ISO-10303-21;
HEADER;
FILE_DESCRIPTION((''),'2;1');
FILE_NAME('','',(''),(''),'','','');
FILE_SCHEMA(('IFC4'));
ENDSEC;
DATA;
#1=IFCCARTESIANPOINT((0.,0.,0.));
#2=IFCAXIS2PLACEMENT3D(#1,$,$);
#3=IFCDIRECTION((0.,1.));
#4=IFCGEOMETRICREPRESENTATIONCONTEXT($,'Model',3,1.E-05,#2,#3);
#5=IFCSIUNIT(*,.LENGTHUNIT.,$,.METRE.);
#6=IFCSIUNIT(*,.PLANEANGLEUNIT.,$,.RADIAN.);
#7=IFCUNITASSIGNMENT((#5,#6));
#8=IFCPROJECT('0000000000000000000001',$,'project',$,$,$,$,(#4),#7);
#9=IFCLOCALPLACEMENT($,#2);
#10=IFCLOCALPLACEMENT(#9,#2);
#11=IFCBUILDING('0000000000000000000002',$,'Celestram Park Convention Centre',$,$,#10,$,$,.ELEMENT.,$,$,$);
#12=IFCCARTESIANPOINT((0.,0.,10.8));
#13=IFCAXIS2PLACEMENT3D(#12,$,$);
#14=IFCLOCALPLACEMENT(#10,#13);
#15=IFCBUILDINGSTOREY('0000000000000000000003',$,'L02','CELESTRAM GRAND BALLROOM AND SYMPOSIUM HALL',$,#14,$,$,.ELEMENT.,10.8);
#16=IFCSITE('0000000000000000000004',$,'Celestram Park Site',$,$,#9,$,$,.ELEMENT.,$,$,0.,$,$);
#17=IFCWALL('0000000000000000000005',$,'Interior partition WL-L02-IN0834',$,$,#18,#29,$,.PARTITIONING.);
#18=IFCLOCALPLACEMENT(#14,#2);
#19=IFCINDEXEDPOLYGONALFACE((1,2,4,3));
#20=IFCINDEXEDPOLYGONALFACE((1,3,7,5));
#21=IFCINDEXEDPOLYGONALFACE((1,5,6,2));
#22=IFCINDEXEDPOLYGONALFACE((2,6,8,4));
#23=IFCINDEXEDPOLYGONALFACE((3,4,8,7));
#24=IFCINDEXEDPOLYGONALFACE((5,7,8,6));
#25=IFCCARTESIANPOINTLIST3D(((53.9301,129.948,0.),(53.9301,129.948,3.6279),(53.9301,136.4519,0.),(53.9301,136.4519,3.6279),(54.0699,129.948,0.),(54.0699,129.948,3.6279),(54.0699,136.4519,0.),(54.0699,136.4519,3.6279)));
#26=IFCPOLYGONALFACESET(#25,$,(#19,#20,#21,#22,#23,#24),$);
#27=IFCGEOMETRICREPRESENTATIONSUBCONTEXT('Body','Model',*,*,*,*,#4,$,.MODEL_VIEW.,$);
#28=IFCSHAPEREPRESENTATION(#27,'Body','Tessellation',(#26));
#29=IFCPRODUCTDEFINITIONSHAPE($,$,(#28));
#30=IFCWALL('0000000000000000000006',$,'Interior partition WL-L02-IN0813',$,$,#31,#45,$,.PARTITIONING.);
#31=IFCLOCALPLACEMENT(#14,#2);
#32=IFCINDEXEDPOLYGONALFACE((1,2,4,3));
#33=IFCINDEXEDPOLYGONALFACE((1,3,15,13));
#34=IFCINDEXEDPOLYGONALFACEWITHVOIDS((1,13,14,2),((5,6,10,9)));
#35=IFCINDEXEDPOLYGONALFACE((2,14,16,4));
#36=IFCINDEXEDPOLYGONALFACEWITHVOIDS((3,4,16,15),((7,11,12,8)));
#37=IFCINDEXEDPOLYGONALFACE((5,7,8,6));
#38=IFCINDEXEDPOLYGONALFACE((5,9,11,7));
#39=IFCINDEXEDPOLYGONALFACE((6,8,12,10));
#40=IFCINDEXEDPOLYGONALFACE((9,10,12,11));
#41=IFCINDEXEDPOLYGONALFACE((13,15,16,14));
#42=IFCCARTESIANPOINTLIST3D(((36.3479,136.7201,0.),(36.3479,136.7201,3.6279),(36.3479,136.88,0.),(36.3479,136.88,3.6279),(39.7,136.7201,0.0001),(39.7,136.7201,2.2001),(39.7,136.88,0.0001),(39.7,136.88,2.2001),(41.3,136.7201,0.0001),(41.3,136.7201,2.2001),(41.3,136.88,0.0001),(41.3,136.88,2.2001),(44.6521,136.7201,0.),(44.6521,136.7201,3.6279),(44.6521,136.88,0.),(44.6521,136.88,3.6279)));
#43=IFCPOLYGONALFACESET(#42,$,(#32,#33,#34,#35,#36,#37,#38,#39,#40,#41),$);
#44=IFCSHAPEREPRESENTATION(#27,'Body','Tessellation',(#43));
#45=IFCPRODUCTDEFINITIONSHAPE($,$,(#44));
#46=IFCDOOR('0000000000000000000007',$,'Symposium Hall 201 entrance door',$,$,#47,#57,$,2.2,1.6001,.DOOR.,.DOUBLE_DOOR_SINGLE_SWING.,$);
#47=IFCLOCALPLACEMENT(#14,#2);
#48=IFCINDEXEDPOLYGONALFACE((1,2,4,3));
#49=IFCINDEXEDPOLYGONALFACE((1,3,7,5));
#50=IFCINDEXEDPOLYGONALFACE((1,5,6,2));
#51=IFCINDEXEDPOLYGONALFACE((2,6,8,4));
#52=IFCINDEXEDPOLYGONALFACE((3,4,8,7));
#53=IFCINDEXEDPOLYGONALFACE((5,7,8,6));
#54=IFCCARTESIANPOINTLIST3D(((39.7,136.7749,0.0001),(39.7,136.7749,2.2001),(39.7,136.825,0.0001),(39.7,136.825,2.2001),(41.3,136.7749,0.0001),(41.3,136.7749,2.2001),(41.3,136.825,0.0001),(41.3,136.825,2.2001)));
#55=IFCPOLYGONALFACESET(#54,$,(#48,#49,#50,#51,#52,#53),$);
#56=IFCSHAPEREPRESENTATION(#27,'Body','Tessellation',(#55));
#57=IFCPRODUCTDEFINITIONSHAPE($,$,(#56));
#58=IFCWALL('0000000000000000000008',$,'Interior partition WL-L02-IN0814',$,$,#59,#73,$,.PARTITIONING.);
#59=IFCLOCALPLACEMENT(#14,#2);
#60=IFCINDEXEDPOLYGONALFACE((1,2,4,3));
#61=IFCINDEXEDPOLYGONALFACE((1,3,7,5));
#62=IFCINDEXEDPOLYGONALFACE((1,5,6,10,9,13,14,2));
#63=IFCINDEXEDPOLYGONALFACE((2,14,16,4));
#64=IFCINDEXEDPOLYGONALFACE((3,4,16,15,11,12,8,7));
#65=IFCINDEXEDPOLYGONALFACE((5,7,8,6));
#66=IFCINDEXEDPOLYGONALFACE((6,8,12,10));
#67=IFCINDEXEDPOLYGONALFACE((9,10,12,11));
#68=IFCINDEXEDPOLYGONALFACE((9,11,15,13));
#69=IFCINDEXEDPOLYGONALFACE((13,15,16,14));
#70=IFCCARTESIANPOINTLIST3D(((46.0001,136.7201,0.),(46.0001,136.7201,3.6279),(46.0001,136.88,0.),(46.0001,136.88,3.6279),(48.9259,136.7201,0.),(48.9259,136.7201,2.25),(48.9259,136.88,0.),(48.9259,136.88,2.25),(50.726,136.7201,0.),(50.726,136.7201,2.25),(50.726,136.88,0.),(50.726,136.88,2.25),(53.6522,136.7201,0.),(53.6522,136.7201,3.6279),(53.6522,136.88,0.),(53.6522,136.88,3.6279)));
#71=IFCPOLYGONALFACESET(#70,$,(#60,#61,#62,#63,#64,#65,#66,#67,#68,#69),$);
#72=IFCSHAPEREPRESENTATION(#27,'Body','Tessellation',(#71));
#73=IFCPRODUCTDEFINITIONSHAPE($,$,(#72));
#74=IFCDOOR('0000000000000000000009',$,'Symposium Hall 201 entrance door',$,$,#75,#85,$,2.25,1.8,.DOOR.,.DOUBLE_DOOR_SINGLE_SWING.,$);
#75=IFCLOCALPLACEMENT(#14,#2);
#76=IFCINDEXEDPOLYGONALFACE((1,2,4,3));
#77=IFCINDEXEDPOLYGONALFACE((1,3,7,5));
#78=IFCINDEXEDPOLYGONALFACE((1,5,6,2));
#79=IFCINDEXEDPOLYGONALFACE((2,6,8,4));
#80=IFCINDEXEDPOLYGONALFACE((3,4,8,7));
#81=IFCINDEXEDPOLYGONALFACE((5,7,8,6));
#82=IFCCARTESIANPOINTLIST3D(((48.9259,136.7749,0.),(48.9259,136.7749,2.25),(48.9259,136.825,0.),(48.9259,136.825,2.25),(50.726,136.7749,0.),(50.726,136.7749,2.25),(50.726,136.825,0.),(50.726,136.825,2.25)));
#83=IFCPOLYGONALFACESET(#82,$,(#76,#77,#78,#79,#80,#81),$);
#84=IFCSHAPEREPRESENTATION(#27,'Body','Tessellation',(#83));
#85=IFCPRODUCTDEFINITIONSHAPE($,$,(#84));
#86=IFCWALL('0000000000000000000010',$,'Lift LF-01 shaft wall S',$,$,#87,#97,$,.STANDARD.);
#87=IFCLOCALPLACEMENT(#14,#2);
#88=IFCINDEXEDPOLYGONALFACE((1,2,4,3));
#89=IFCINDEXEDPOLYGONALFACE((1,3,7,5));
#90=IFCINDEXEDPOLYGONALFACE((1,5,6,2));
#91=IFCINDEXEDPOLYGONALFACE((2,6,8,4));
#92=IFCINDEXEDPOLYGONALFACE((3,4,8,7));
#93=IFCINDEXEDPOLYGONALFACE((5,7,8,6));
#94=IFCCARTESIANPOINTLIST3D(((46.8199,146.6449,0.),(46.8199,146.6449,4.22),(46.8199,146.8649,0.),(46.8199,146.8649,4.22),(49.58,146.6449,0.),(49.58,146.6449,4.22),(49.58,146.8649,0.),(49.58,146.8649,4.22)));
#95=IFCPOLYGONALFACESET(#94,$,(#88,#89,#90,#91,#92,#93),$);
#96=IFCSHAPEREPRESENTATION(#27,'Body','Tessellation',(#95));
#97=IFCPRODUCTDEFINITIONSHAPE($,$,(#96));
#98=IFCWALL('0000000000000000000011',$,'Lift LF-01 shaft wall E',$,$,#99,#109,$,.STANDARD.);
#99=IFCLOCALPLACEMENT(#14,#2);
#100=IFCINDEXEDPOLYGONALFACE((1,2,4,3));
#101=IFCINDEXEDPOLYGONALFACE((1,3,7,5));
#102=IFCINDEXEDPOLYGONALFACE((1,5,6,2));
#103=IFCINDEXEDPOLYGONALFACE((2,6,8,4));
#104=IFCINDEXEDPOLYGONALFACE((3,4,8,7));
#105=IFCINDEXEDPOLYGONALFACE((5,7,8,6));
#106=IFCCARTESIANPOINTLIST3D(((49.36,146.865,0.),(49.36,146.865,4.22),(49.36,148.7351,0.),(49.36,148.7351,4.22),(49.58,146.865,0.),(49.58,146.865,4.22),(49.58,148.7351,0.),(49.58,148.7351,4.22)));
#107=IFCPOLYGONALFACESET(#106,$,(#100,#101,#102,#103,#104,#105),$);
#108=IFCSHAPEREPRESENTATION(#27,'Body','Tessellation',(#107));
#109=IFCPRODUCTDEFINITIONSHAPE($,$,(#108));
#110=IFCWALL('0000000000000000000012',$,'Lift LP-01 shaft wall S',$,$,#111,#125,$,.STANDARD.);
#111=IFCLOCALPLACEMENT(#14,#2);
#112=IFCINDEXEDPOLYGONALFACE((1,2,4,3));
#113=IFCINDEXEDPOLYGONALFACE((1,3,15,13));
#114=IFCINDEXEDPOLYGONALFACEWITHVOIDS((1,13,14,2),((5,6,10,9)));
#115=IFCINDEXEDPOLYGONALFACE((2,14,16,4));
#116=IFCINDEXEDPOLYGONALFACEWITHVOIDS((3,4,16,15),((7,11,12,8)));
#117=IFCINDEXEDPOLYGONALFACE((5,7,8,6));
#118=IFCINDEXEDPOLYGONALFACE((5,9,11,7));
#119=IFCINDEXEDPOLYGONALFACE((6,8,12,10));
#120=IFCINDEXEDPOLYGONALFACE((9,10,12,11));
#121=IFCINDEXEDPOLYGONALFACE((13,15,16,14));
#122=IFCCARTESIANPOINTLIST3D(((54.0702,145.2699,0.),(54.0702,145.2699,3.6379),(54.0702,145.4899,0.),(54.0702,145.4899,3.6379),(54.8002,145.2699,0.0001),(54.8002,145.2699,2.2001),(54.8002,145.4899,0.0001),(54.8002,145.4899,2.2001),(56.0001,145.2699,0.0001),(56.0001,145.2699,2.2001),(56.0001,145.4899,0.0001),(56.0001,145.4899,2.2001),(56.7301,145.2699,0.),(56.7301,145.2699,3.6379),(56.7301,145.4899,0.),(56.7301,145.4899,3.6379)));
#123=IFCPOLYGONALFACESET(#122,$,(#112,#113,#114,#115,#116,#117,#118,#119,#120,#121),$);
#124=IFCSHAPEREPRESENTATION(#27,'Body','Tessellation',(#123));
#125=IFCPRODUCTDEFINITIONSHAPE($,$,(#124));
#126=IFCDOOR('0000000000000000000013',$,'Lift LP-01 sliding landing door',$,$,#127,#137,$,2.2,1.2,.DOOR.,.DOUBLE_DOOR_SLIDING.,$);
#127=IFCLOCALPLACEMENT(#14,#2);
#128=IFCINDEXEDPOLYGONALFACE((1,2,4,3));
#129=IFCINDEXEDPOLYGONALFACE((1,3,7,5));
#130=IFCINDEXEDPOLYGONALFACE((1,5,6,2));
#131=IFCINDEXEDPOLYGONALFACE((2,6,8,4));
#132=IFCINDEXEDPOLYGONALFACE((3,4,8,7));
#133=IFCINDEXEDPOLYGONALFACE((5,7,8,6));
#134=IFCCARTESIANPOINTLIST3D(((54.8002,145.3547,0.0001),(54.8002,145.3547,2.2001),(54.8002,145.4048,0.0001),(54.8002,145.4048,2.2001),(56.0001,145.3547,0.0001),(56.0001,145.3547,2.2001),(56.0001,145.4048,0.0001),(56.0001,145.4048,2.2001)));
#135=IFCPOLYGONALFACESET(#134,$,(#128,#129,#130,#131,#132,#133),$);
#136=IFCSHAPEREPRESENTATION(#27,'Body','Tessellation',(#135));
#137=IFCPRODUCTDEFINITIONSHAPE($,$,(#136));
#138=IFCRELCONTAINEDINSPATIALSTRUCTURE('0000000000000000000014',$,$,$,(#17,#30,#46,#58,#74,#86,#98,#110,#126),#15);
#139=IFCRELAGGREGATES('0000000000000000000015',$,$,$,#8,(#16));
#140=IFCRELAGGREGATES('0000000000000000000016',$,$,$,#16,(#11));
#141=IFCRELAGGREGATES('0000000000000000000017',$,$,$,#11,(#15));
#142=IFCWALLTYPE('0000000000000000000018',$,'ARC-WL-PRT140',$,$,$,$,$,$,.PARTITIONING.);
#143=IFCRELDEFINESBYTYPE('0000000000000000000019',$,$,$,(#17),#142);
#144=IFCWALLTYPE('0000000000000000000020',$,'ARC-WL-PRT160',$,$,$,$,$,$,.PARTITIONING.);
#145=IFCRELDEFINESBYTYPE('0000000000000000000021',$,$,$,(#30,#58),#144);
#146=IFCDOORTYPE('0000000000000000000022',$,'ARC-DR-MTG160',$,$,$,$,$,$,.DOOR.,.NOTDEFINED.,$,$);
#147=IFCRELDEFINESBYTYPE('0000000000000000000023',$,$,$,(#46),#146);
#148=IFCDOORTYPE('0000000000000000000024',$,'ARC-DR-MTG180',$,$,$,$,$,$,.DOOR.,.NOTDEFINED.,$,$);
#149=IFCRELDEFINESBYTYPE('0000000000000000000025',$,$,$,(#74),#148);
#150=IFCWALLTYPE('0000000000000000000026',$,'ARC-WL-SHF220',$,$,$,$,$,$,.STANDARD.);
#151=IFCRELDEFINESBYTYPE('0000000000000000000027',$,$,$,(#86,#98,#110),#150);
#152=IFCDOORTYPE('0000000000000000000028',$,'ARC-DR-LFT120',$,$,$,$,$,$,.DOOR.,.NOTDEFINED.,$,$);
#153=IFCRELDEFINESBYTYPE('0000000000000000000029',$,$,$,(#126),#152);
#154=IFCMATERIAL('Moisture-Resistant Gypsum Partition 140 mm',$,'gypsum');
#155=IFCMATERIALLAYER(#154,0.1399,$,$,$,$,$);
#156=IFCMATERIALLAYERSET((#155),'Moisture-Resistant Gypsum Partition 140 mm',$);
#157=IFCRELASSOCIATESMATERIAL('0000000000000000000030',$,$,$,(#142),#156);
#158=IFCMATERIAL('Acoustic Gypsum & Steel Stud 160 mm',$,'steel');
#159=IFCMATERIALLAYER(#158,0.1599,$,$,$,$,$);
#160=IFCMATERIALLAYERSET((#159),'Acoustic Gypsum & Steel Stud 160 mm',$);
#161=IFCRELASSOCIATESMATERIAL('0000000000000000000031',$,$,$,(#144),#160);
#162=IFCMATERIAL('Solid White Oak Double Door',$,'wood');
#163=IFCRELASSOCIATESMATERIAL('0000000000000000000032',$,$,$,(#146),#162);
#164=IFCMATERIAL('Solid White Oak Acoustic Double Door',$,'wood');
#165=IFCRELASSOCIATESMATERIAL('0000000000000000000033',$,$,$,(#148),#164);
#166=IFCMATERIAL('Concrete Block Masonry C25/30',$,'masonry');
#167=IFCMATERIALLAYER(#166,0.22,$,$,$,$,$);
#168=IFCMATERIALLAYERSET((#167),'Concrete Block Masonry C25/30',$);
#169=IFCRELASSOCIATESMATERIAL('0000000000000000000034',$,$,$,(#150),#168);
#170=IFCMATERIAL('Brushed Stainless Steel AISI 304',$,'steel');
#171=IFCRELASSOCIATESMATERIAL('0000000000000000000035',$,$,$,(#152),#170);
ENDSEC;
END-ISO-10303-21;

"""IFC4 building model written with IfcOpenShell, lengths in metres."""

from ifc_helpers import new_model, si_unit, direction, frame, frame_2d, origin, place, context, subcontext, project, spatial, rectangle, extrude, material, layer, layer_set, type_object, element, fill, save


model = new_model("IFC4")

# Units and contexts
model_context = context("Model", 3, precision=1e-05, world=origin(), true_north=direction((0.0, 1.0)))
body_context = subcontext(model_context, "Body", "Model", "MODEL_VIEW")
ifc_project = project(units=[si_unit("LENGTHUNIT", "METRE"), si_unit("PLANEANGLEUNIT", "RADIAN")], contexts=[model_context])

# Site, building, storey
site_placement = place(None, origin())
site = spatial("IfcSite", under=ifc_project, at=site_placement, Name="Celestram Park Site", CompositionType="ELEMENT", RefElevation=0.0)
building_placement = place(site_placement, origin())
building = spatial("IfcBuilding", under=site, at=building_placement, Name="Celestram Park Convention Centre", CompositionType="ELEMENT")
storey_placement = place(building_placement, frame((0.0, 0.0, 10.8)))
storey = spatial("IfcBuildingStorey", under=building, at=storey_placement, Name="L02", Description="CELESTRAM GRAND BALLROOM AND SYMPOSIUM HALL", CompositionType="ELEMENT", Elevation=10.8)

# Shared definitions
ifc_material_1 = material(Name="Concrete Block Masonry C25/30", Category="masonry")

# Shared definitions
ifc_material_2 = material(Name="Moisture-Resistant Gypsum Partition 140 mm", Category="gypsum")
ifc_layer_1 = layer(ifc_material_2, 0.1399)
ifc_layer_set_1 = layer_set([ifc_layer_1], Name="Moisture-Resistant Gypsum Partition 140 mm")
wall_type_1 = type_object("IfcWallType", Name="ARC-WL-PRT140", PredefinedType="PARTITIONING", material=ifc_layer_set_1)

# Wall
wall_1_placement = place(storey_placement, frame((54.0, 129.948, 0.0), z_axis=(0.0, 0.0, 1.0), x_axis=(0.0, 1.0, 0.0)))
element("IfcWall", 1, at=wall_1_placement, inside=storey, type_object=wall_type_1, Name="Interior partition WL-L02-IN0834", PredefinedType="PARTITIONING", context=body_context, shape_type="SweptSolid", body=[
    extrude(rectangle(XDim=6.5039, YDim=0.1399, at=frame_2d((3.252, 0.0))), origin(), (0.0, 0.0, 1.0), 3.6279),
])

# Walls, openings, doors
ifc_material_3 = material(Name="Acoustic Gypsum & Steel Stud 160 mm", Category="steel")
ifc_layer_2 = layer(ifc_material_3, 0.1599)
ifc_layer_set_2 = layer_set([ifc_layer_2], Name="Acoustic Gypsum & Steel Stud 160 mm")
wall_type_2 = type_object("IfcWallType", Name="ARC-WL-PRT160", PredefinedType="PARTITIONING", material=ifc_layer_set_2)
wall_2_placement = place(storey_placement, frame((36.3479, 136.8, 0.0), z_axis=(0.0, 0.0, 1.0), x_axis=(1.0, 0.0, 0.0)))
wall_2 = element("IfcWall", 2, at=wall_2_placement, inside=storey, type_object=wall_type_2, Name="Interior partition WL-L02-IN0813", PredefinedType="PARTITIONING", context=body_context, shape_type="SweptSolid", body=[
    extrude(rectangle(XDim=8.3042, YDim=0.1599, at=frame_2d((4.1521, 0.0))), origin(), (0.0, 0.0, 1.0), 3.6279),
])
opening_1_placement = place(wall_2_placement, frame((3.3521, 0.0, 0.0)))
opening_1 = element("IfcOpeningElement", 3, at=opening_1_placement, cuts=wall_2, PredefinedType="OPENING", context=body_context, shape_type="SweptSolid", body=[
    extrude(rectangle(XDim=1.6001, YDim=2.2, at=frame_2d((0.8, 1.1001))), frame((0.0, 0.0898, 0.0), z_axis=(0.0, -1.0, 0.0), x_axis=(1.0, 0.0, 0.0)), (0.0, 0.0, 1.0), 0.1799),
])
ifc_material_4 = material(Name="Solid White Oak Double Door", Category="wood")
door_type_1 = type_object("IfcDoorType", Name="ARC-DR-MTG160", OperationType="NOTDEFINED", PredefinedType="DOOR", material=ifc_material_4)
door_1_placement = place(opening_1_placement, origin())
door_1 = element("IfcDoor", 4, at=door_1_placement, inside=storey, type_object=door_type_1, Name="Symposium Hall 201 entrance door", OperationType="DOUBLE_DOOR_SINGLE_SWING", OverallHeight=2.2, OverallWidth=1.6001, PredefinedType="DOOR", context=body_context, shape_type="SweptSolid", body=[
    extrude(rectangle(XDim=1.6001, YDim=2.2, at=frame_2d((0.8, 1.1001))), frame((0.0, 0.0249, 0.0), z_axis=(0.0, -1.0, 0.0), x_axis=(1.0, 0.0, 0.0)), (0.0, 0.0, 1.0), 0.05),
])
fill(opening_1, door_1)
wall_3_placement = place(storey_placement, frame((46.0, 136.8, 0.0), z_axis=(0.0, 0.0, 1.0), x_axis=(1.0, 0.0, 0.0)))
wall_3 = element("IfcWall", 5, at=wall_3_placement, inside=storey, type_object=wall_type_2, Name="Interior partition WL-L02-IN0814", PredefinedType="PARTITIONING", context=body_context, shape_type="SweptSolid", body=[
    extrude(rectangle(XDim=7.6521, YDim=0.1599, at=frame_2d((3.8262, 0.0))), origin(), (0.0, 0.0, 1.0), 3.6279),
])
opening_2_placement = place(wall_3_placement, frame((2.926, 0.0, 0.0)))
opening_2 = element("IfcOpeningElement", 6, at=opening_2_placement, cuts=wall_3, PredefinedType="OPENING", context=body_context, shape_type="SweptSolid", body=[
    extrude(rectangle(XDim=1.8, YDim=2.25, at=frame_2d((0.8999, 1.125))), frame((0.0, 0.0898, 0.0), z_axis=(0.0, -1.0, 0.0), x_axis=(1.0, 0.0, 0.0)), (0.0, 0.0, 1.0), 0.1799),
])
ifc_material_5 = material(Name="Solid White Oak Acoustic Double Door", Category="wood")
door_type_2 = type_object("IfcDoorType", Name="ARC-DR-MTG180", OperationType="NOTDEFINED", PredefinedType="DOOR", material=ifc_material_5)
door_2_placement = place(opening_2_placement, origin())
door_2 = element("IfcDoor", 7, at=door_2_placement, inside=storey, type_object=door_type_2, Name="Symposium Hall 201 entrance door", OperationType="DOUBLE_DOOR_SINGLE_SWING", OverallHeight=2.25, OverallWidth=1.8, PredefinedType="DOOR", context=body_context, shape_type="SweptSolid", body=[
    extrude(rectangle(XDim=1.8, YDim=2.25, at=frame_2d((0.8999, 1.125))), frame((0.0, 0.0249, 0.0), z_axis=(0.0, -1.0, 0.0), x_axis=(1.0, 0.0, 0.0)), (0.0, 0.0, 1.0), 0.05),
])
fill(opening_2, door_2)

# Walls
ifc_layer_3 = layer(ifc_material_1, 0.22)
ifc_layer_set_3 = layer_set([ifc_layer_3], Name="Concrete Block Masonry C25/30")
wall_type_3 = type_object("IfcWallType", Name="ARC-WL-SHF220", PredefinedType="STANDARD", material=ifc_layer_set_3)
wall_4_placement = place(storey_placement, frame((46.8201, 146.7549, 0.0), z_axis=(0.0, 0.0, 1.0), x_axis=(1.0, 0.0, 0.0)))
element("IfcWall", 8, at=wall_4_placement, inside=storey, type_object=wall_type_3, Name="Lift LF-01 shaft wall S", PredefinedType="STANDARD", context=body_context, shape_type="SweptSolid", body=[
    extrude(rectangle(XDim=2.76, YDim=0.22, at=frame_2d((1.3799, 0.0))), origin(), (0.0, 0.0, 1.0), 4.22),
])
wall_5_placement = place(storey_placement, frame((49.47, 146.865, 0.0), z_axis=(0.0, 0.0, 1.0), x_axis=(0.0, 1.0, 0.0)))
element("IfcWall", 9, at=wall_5_placement, inside=storey, type_object=wall_type_3, Name="Lift LF-01 shaft wall E", PredefinedType="STANDARD", context=body_context, shape_type="SweptSolid", body=[
    extrude(rectangle(XDim=1.8701, YDim=0.22, at=frame_2d((0.9351, 0.0))), origin(), (0.0, 0.0, 1.0), 4.22),
])

# Wall, opening, door
wall_6_placement = place(storey_placement, frame((54.0701, 145.3799, 0.0), z_axis=(0.0, 0.0, 1.0), x_axis=(1.0, 0.0, 0.0)))
wall_6 = element("IfcWall", 10, at=wall_6_placement, inside=storey, type_object=wall_type_3, Name="Lift LP-01 shaft wall S", PredefinedType="STANDARD", context=body_context, shape_type="SweptSolid", body=[
    extrude(rectangle(XDim=2.6599, YDim=0.22, at=frame_2d((1.3301, 0.0))), origin(), (0.0, 0.0, 1.0), 3.6379),
])
opening_3_placement = place(wall_6_placement, frame((0.73, 0.0, 0.0)))
opening_3 = element("IfcOpeningElement", 11, at=opening_3_placement, cuts=wall_6, PredefinedType="OPENING", context=body_context, shape_type="SweptSolid", body=[
    extrude(rectangle(XDim=1.2, YDim=2.2, at=frame_2d((0.6001, 1.1001))), frame((0.0, 0.1199, 0.0), z_axis=(0.0, -1.0, 0.0), x_axis=(1.0, 0.0, 0.0)), (0.0, 0.0, 1.0), 0.24),
])
ifc_material_6 = material(Name="Brushed Stainless Steel AISI 304", Category="steel")
door_type_3 = type_object("IfcDoorType", Name="ARC-DR-LFT120", OperationType="NOTDEFINED", PredefinedType="DOOR", material=ifc_material_6)
door_3_placement = place(opening_3_placement, origin())
door_3 = element("IfcDoor", 12, at=door_3_placement, inside=storey, type_object=door_type_3, Name="Lift LP-01 sliding landing door", OperationType="DOUBLE_DOOR_SLIDING", OverallHeight=2.2, OverallWidth=1.2, PredefinedType="DOOR", context=body_context, shape_type="SweptSolid", body=[
    extrude(rectangle(XDim=1.2, YDim=2.2, at=frame_2d((0.6001, 1.1001))), frame((0.0, 0.0249, 0.0), z_axis=(0.0, -1.0, 0.0), x_axis=(1.0, 0.0, 0.0)), (0.0, 0.0, 1.0), 0.05),
])
fill(opening_3, door_3)

save(model, "model.ifc")
